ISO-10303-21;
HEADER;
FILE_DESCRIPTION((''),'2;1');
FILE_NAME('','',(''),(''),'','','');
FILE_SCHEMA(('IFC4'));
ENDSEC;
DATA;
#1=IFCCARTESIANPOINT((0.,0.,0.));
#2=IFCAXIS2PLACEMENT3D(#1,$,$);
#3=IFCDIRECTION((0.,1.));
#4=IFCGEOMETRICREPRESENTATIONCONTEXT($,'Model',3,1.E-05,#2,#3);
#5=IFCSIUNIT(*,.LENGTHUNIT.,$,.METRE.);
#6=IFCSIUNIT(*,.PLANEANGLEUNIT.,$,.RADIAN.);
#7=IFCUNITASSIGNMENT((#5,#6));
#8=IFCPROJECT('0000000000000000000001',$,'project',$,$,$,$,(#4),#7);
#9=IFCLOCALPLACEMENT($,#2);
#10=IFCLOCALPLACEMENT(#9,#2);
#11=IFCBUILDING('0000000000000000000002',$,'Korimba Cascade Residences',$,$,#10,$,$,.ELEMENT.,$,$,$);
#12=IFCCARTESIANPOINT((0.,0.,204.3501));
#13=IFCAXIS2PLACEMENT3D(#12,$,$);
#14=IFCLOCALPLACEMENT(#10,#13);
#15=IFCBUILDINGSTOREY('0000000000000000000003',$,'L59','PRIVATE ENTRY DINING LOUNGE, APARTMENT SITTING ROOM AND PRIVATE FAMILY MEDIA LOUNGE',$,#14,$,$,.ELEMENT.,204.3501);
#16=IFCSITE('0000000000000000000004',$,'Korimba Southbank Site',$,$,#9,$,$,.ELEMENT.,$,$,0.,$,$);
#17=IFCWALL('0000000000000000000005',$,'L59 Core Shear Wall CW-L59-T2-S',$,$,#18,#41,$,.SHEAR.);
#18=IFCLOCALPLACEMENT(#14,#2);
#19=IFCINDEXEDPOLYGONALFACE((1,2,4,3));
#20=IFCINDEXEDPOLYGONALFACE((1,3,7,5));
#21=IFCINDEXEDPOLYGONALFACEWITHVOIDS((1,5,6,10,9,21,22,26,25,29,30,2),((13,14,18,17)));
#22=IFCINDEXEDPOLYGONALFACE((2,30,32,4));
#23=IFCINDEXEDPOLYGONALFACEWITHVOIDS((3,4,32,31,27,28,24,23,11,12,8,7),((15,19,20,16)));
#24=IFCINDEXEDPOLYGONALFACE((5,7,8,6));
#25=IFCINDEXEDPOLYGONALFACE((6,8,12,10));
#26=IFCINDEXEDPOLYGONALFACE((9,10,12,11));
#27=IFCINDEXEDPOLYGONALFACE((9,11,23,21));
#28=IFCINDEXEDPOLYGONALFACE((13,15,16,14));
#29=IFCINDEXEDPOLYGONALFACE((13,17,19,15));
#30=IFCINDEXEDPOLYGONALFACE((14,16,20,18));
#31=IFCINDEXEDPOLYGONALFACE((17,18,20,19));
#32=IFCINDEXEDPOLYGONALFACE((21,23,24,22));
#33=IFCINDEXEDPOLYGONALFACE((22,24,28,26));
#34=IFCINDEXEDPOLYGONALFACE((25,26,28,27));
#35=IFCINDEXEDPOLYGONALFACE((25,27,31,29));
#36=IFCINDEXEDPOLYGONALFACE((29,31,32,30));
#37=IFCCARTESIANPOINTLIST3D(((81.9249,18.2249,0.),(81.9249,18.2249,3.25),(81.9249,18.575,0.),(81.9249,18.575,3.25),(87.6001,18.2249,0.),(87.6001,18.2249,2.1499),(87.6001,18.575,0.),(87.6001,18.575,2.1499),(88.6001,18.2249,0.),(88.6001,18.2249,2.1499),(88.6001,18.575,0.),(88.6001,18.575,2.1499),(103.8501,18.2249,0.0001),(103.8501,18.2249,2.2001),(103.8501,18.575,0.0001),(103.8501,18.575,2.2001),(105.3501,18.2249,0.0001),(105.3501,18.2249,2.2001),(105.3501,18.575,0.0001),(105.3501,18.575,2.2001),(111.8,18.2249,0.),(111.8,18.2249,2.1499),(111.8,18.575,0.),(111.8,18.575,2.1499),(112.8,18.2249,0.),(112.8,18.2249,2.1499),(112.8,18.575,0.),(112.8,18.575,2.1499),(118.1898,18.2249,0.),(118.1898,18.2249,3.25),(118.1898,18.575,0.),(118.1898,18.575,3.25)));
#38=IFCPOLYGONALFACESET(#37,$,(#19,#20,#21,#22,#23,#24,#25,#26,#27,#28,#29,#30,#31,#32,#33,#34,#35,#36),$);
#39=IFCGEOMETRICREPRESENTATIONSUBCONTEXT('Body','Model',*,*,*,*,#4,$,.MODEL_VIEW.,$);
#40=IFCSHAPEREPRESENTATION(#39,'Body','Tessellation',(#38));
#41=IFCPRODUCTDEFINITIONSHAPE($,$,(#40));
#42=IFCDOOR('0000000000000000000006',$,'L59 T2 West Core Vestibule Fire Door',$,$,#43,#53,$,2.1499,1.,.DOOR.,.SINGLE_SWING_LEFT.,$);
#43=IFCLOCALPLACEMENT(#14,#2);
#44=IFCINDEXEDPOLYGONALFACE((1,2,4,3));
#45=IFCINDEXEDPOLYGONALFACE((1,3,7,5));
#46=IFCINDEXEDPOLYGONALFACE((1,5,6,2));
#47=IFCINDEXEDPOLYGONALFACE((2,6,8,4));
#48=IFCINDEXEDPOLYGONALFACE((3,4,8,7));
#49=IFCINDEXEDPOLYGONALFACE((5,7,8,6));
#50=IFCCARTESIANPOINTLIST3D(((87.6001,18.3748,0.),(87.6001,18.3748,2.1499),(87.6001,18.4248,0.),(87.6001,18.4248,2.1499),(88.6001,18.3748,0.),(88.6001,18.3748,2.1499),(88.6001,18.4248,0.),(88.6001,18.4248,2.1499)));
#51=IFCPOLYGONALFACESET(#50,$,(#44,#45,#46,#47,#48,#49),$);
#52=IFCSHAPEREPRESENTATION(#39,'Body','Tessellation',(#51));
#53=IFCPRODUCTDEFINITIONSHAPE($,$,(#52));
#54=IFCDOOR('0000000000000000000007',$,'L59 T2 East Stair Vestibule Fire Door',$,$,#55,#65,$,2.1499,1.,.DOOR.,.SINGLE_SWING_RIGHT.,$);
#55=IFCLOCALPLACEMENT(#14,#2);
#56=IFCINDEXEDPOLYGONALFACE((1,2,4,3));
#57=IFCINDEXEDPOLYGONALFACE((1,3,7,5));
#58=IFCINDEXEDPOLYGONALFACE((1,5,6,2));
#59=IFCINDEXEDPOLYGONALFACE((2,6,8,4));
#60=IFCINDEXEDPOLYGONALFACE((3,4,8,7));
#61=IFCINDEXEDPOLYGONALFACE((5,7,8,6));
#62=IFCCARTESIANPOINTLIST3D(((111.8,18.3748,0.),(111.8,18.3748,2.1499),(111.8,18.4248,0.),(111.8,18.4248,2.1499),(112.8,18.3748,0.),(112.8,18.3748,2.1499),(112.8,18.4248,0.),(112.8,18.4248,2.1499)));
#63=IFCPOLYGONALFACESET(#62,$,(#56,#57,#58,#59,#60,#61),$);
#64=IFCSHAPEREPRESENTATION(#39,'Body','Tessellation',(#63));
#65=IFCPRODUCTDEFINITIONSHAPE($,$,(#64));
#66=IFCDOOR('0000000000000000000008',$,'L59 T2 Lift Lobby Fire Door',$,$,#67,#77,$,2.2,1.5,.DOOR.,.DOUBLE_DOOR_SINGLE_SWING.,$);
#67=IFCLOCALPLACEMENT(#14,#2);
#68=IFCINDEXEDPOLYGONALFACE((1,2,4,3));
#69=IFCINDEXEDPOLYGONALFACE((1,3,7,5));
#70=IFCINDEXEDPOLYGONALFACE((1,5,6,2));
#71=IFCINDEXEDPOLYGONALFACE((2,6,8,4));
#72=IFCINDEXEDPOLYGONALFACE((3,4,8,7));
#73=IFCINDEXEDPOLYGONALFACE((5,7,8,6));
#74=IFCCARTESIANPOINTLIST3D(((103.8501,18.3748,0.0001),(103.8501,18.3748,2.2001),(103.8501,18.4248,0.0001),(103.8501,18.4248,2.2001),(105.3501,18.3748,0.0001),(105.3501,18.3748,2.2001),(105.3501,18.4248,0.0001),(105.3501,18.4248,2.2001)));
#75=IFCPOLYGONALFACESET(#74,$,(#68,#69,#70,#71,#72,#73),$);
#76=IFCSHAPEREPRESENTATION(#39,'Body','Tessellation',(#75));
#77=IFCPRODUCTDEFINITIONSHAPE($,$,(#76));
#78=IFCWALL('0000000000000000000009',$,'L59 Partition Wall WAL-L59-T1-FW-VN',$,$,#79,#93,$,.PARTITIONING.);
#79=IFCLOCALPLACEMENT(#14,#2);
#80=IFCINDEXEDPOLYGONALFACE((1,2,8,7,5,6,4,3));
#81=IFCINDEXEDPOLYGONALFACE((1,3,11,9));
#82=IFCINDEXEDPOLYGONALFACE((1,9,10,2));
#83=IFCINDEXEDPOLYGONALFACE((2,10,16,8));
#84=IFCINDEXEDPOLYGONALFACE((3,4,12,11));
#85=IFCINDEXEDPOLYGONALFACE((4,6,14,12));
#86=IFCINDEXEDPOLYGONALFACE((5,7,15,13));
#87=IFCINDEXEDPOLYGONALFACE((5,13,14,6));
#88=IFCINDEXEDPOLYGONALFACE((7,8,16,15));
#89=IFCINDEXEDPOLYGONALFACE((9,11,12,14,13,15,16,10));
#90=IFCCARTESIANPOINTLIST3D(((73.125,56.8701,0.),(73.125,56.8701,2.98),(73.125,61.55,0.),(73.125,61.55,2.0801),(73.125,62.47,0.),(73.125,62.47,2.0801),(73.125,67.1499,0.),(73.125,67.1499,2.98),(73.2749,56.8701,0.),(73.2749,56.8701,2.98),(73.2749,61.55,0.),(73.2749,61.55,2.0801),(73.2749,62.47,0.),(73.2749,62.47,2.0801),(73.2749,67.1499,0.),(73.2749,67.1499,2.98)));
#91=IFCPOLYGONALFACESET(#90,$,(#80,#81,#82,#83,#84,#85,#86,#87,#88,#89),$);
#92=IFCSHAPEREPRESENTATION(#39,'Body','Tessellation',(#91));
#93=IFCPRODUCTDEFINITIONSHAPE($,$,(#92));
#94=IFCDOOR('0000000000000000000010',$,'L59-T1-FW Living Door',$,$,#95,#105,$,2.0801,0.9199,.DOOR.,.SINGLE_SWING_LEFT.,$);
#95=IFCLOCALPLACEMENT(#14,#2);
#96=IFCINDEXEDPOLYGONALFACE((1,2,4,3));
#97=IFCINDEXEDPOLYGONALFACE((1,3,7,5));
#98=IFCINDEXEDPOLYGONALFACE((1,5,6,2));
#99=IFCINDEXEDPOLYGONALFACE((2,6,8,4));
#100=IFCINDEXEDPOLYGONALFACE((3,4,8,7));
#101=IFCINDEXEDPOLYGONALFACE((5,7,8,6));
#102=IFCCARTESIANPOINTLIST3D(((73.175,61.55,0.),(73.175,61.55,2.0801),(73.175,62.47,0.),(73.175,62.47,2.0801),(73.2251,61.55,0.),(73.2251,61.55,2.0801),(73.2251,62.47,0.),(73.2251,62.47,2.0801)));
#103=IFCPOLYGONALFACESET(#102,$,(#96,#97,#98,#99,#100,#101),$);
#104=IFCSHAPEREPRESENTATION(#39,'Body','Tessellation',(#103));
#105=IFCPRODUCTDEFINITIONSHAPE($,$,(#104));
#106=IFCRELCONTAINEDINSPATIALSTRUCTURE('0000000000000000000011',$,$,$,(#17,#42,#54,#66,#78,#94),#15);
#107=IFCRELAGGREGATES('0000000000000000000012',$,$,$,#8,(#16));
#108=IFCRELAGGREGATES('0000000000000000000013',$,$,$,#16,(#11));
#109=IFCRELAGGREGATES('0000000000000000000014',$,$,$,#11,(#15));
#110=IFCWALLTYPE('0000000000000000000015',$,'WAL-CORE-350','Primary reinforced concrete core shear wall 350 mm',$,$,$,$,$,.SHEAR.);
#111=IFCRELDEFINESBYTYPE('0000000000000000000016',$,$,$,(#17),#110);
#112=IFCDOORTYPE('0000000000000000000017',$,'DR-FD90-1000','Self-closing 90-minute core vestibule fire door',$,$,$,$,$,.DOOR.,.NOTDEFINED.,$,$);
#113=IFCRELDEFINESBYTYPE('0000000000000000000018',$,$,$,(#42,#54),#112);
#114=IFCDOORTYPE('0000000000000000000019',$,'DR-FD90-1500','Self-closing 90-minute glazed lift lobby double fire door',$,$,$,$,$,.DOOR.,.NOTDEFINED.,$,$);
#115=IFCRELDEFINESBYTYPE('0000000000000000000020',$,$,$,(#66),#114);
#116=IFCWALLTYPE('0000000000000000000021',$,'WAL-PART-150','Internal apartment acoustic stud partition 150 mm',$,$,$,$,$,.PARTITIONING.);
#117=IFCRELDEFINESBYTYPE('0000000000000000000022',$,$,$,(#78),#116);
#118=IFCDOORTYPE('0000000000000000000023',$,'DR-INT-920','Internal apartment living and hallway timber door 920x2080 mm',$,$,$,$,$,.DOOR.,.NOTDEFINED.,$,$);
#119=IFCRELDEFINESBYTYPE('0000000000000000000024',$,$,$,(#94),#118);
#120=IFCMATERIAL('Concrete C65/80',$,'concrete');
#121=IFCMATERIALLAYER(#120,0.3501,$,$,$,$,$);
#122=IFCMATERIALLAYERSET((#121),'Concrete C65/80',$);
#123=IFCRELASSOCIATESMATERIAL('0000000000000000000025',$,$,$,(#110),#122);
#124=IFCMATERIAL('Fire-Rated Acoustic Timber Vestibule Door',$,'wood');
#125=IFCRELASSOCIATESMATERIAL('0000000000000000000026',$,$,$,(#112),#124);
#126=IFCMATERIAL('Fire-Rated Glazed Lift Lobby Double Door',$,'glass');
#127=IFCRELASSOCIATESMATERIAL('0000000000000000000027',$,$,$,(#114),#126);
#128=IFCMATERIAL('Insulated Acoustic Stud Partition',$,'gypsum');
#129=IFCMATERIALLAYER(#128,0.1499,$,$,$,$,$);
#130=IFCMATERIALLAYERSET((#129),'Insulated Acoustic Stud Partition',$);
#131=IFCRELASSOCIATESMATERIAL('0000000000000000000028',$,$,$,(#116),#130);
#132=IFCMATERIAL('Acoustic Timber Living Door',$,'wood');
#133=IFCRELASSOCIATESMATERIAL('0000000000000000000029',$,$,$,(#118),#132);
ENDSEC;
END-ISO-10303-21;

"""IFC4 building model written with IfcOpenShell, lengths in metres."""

from ifc_helpers import new_model, si_unit, direction, frame, frame_2d, origin, place, context, subcontext, project, spatial, rectangle, extrude, material, layer, layer_set, type_object, element, fill, save


model = new_model("IFC4")

# Units and contexts
model_context = context("Model", 3, precision=1e-05, world=origin(), true_north=direction((0.0, 1.0)))
body_context = subcontext(model_context, "Body", "Model", "MODEL_VIEW")
ifc_project = project(units=[si_unit("LENGTHUNIT", "METRE"), si_unit("PLANEANGLEUNIT", "RADIAN")], contexts=[model_context])

# Site, building, storey
site_placement = place(None, origin())
site = spatial("IfcSite", under=ifc_project, at=site_placement, Name="Korimba Southbank Site", CompositionType="ELEMENT", RefElevation=0.0)
building_placement = place(site_placement, origin())
building = spatial("IfcBuilding", under=site, at=building_placement, Name="Korimba Cascade Residences", CompositionType="ELEMENT")
storey_placement = place(building_placement, frame((0.0, 0.0, 204.3501)))
storey = spatial("IfcBuildingStorey", under=building, at=storey_placement, Name="L59", Description="PRIVATE ENTRY DINING LOUNGE, APARTMENT SITTING ROOM AND PRIVATE FAMILY MEDIA LOUNGE", CompositionType="ELEMENT", Elevation=204.3501)

# Shared definitions
ifc_material_1 = material(Name="Concrete C65/80", Category="concrete")

# Shared definitions
ifc_layer_1 = layer(ifc_material_1, 0.3501)
ifc_layer_set_1 = layer_set([ifc_layer_1], Name="Concrete C65/80")
wall_type_1 = type_object("IfcWallType", Name="WAL-CORE-350", Description="Primary reinforced concrete core shear wall 350 mm", PredefinedType="SHEAR", material=ifc_layer_set_1)

# Wall, openings, doors
wall_1_placement = place(storey_placement, frame((81.925, 18.3999, 0.0), z_axis=(0.0, 0.0, 1.0), x_axis=(1.0, 0.0, 0.0)))
wall_1 = element("IfcWall", 1, at=wall_1_placement, inside=storey, type_object=wall_type_1, Name="L59 Core Shear Wall CW-L59-T2-S", PredefinedType="SHEAR", context=body_context, shape_type="SweptSolid", body=[
    extrude(rectangle(XDim=36.2649, YDim=0.3501, at=frame_2d((18.1323, 0.0))), origin(), (0.0, 0.0, 1.0), 3.25),
])
opening_1_placement = place(wall_1_placement, frame((5.675, 0.0, 0.0)))
opening_1 = element("IfcOpeningElement", 2, at=opening_1_placement, cuts=wall_1, PredefinedType="OPENING", context=body_context, shape_type="SweptSolid", body=[
    extrude(rectangle(XDim=1.0, YDim=2.1499, at=frame_2d((0.5, 1.075))), frame((0.0, 0.1851, 0.0), z_axis=(0.0, -1.0, 0.0), x_axis=(1.0, 0.0, 0.0)), (0.0, 0.0, 1.0), 0.3701),
])
opening_2_placement = place(wall_1_placement, frame((21.925, 0.0, 0.0)))
opening_2 = element("IfcOpeningElement", 3, at=opening_2_placement, cuts=wall_1, PredefinedType="OPENING", context=body_context, shape_type="SweptSolid", body=[
    extrude(rectangle(XDim=1.5, YDim=2.2, at=frame_2d((0.75, 1.1001))), frame((0.0, 0.1851, 0.0), z_axis=(0.0, -1.0, 0.0), x_axis=(1.0, 0.0, 0.0)), (0.0, 0.0, 1.0), 0.3701),
])
opening_3_placement = place(wall_1_placement, frame((29.875, 0.0, 0.0)))
opening_3 = element("IfcOpeningElement", 4, at=opening_3_placement, cuts=wall_1, PredefinedType="OPENING", context=body_context, shape_type="SweptSolid", body=[
    extrude(rectangle(XDim=1.0, YDim=2.1499, at=frame_2d((0.5, 1.075))), frame((0.0, 0.1851, 0.0), z_axis=(0.0, -1.0, 0.0), x_axis=(1.0, 0.0, 0.0)), (0.0, 0.0, 1.0), 0.3701),
])
ifc_material_2 = material(Name="Fire-Rated Acoustic Timber Vestibule Door", Category="wood")
door_type_1 = type_object("IfcDoorType", Name="DR-FD90-1000", Description="Self-closing 90-minute core vestibule fire door", OperationType="NOTDEFINED", PredefinedType="DOOR", material=ifc_material_2)
door_1_placement = place(opening_1_placement, origin())
door_1 = element("IfcDoor", 5, at=door_1_placement, inside=storey, type_object=door_type_1, Name="L59 T2 West Core Vestibule Fire Door", OperationType="SINGLE_SWING_LEFT", OverallHeight=2.1499, OverallWidth=1.0, PredefinedType="DOOR", context=body_context, shape_type="SweptSolid", body=[
    extrude(rectangle(XDim=1.0, YDim=2.1499, at=frame_2d((0.5, 1.075))), frame((0.0, 0.0249, 0.0), z_axis=(0.0, -1.0, 0.0), x_axis=(1.0, 0.0, 0.0)), (0.0, 0.0, 1.0), 0.05),
])
fill(opening_1, door_1)
door_2_placement = place(opening_3_placement, origin())
door_2 = element("IfcDoor", 6, at=door_2_placement, inside=storey, type_object=door_type_1, Name="L59 T2 East Stair Vestibule Fire Door", OperationType="SINGLE_SWING_RIGHT", OverallHeight=2.1499, OverallWidth=1.0, PredefinedType="DOOR", context=body_context, shape_type="SweptSolid", body=[
    extrude(rectangle(XDim=1.0, YDim=2.1499, at=frame_2d((0.5, 1.075))), frame((0.0, 0.0249, 0.0), z_axis=(0.0, -1.0, 0.0), x_axis=(1.0, 0.0, 0.0)), (0.0, 0.0, 1.0), 0.05),
])
fill(opening_3, door_2)
ifc_material_3 = material(Name="Fire-Rated Glazed Lift Lobby Double Door", Category="glass")
door_type_2 = type_object("IfcDoorType", Name="DR-FD90-1500", Description="Self-closing 90-minute glazed lift lobby double fire door", OperationType="NOTDEFINED", PredefinedType="DOOR", material=ifc_material_3)
door_3_placement = place(opening_2_placement, origin())
door_3 = element("IfcDoor", 7, at=door_3_placement, inside=storey, type_object=door_type_2, Name="L59 T2 Lift Lobby Fire Door", OperationType="DOUBLE_DOOR_SINGLE_SWING", OverallHeight=2.2, OverallWidth=1.5, PredefinedType="DOOR", context=body_context, shape_type="SweptSolid", body=[
    extrude(rectangle(XDim=1.5, YDim=2.2, at=frame_2d((0.75, 1.1001))), frame((0.0, 0.0249, 0.0), z_axis=(0.0, -1.0, 0.0), x_axis=(1.0, 0.0, 0.0)), (0.0, 0.0, 1.0), 0.05),
])
fill(opening_2, door_3)

# Wall, opening, door
ifc_material_4 = material(Name="Insulated Acoustic Stud Partition", Category="gypsum")
ifc_layer_2 = layer(ifc_material_4, 0.1499)
ifc_layer_set_2 = layer_set([ifc_layer_2], Name="Insulated Acoustic Stud Partition")
wall_type_2 = type_object("IfcWallType", Name="WAL-PART-150", Description="Internal apartment acoustic stud partition 150 mm", PredefinedType="PARTITIONING", material=ifc_layer_set_2)
wall_2_placement = place(storey_placement, frame((73.2, 56.8701, 0.0), z_axis=(0.0, 0.0, 1.0), x_axis=(0.0, 1.0, 0.0)))
wall_2 = element("IfcWall", 8, at=wall_2_placement, inside=storey, type_object=wall_type_2, Name="L59 Partition Wall WAL-L59-T1-FW-VN", PredefinedType="PARTITIONING", context=body_context, shape_type="SweptSolid", body=[
    extrude(rectangle(XDim=10.2798, YDim=0.1499, at=frame_2d((5.1399, 0.0))), origin(), (0.0, 0.0, 1.0), 2.98),
])
opening_4_placement = place(wall_2_placement, frame((4.6799, 0.0, 0.0)))
opening_4 = element("IfcOpeningElement", 9, at=opening_4_placement, cuts=wall_2, PredefinedType="OPENING", context=body_context, shape_type="SweptSolid", body=[
    extrude(rectangle(XDim=0.9199, YDim=2.0801, at=frame_2d((0.46, 1.04))), frame((0.0, 0.085, 0.0), z_axis=(0.0, -1.0, 0.0), x_axis=(1.0, 0.0, 0.0)), (0.0, 0.0, 1.0), 0.1699),
])
ifc_material_5 = material(Name="Acoustic Timber Living Door", Category="wood")
door_type_3 = type_object("IfcDoorType", Name="DR-INT-920", Description="Internal apartment living and hallway timber door 920x2080 mm", OperationType="NOTDEFINED", PredefinedType="DOOR", material=ifc_material_5)
door_4_placement = place(opening_4_placement, origin())
door_4 = element("IfcDoor", 10, at=door_4_placement, inside=storey, type_object=door_type_3, Name="L59-T1-FW Living Door", OperationType="SINGLE_SWING_LEFT", OverallHeight=2.0801, OverallWidth=0.9199, PredefinedType="DOOR", context=body_context, shape_type="SweptSolid", body=[
    extrude(rectangle(XDim=0.9199, YDim=2.0801, at=frame_2d((0.46, 1.04))), frame((0.0, 0.0249, 0.0), z_axis=(0.0, -1.0, 0.0), x_axis=(1.0, 0.0, 0.0)), (0.0, 0.0, 1.0), 0.05),
])
fill(opening_4, door_4)

save(model, "model.ifc")
